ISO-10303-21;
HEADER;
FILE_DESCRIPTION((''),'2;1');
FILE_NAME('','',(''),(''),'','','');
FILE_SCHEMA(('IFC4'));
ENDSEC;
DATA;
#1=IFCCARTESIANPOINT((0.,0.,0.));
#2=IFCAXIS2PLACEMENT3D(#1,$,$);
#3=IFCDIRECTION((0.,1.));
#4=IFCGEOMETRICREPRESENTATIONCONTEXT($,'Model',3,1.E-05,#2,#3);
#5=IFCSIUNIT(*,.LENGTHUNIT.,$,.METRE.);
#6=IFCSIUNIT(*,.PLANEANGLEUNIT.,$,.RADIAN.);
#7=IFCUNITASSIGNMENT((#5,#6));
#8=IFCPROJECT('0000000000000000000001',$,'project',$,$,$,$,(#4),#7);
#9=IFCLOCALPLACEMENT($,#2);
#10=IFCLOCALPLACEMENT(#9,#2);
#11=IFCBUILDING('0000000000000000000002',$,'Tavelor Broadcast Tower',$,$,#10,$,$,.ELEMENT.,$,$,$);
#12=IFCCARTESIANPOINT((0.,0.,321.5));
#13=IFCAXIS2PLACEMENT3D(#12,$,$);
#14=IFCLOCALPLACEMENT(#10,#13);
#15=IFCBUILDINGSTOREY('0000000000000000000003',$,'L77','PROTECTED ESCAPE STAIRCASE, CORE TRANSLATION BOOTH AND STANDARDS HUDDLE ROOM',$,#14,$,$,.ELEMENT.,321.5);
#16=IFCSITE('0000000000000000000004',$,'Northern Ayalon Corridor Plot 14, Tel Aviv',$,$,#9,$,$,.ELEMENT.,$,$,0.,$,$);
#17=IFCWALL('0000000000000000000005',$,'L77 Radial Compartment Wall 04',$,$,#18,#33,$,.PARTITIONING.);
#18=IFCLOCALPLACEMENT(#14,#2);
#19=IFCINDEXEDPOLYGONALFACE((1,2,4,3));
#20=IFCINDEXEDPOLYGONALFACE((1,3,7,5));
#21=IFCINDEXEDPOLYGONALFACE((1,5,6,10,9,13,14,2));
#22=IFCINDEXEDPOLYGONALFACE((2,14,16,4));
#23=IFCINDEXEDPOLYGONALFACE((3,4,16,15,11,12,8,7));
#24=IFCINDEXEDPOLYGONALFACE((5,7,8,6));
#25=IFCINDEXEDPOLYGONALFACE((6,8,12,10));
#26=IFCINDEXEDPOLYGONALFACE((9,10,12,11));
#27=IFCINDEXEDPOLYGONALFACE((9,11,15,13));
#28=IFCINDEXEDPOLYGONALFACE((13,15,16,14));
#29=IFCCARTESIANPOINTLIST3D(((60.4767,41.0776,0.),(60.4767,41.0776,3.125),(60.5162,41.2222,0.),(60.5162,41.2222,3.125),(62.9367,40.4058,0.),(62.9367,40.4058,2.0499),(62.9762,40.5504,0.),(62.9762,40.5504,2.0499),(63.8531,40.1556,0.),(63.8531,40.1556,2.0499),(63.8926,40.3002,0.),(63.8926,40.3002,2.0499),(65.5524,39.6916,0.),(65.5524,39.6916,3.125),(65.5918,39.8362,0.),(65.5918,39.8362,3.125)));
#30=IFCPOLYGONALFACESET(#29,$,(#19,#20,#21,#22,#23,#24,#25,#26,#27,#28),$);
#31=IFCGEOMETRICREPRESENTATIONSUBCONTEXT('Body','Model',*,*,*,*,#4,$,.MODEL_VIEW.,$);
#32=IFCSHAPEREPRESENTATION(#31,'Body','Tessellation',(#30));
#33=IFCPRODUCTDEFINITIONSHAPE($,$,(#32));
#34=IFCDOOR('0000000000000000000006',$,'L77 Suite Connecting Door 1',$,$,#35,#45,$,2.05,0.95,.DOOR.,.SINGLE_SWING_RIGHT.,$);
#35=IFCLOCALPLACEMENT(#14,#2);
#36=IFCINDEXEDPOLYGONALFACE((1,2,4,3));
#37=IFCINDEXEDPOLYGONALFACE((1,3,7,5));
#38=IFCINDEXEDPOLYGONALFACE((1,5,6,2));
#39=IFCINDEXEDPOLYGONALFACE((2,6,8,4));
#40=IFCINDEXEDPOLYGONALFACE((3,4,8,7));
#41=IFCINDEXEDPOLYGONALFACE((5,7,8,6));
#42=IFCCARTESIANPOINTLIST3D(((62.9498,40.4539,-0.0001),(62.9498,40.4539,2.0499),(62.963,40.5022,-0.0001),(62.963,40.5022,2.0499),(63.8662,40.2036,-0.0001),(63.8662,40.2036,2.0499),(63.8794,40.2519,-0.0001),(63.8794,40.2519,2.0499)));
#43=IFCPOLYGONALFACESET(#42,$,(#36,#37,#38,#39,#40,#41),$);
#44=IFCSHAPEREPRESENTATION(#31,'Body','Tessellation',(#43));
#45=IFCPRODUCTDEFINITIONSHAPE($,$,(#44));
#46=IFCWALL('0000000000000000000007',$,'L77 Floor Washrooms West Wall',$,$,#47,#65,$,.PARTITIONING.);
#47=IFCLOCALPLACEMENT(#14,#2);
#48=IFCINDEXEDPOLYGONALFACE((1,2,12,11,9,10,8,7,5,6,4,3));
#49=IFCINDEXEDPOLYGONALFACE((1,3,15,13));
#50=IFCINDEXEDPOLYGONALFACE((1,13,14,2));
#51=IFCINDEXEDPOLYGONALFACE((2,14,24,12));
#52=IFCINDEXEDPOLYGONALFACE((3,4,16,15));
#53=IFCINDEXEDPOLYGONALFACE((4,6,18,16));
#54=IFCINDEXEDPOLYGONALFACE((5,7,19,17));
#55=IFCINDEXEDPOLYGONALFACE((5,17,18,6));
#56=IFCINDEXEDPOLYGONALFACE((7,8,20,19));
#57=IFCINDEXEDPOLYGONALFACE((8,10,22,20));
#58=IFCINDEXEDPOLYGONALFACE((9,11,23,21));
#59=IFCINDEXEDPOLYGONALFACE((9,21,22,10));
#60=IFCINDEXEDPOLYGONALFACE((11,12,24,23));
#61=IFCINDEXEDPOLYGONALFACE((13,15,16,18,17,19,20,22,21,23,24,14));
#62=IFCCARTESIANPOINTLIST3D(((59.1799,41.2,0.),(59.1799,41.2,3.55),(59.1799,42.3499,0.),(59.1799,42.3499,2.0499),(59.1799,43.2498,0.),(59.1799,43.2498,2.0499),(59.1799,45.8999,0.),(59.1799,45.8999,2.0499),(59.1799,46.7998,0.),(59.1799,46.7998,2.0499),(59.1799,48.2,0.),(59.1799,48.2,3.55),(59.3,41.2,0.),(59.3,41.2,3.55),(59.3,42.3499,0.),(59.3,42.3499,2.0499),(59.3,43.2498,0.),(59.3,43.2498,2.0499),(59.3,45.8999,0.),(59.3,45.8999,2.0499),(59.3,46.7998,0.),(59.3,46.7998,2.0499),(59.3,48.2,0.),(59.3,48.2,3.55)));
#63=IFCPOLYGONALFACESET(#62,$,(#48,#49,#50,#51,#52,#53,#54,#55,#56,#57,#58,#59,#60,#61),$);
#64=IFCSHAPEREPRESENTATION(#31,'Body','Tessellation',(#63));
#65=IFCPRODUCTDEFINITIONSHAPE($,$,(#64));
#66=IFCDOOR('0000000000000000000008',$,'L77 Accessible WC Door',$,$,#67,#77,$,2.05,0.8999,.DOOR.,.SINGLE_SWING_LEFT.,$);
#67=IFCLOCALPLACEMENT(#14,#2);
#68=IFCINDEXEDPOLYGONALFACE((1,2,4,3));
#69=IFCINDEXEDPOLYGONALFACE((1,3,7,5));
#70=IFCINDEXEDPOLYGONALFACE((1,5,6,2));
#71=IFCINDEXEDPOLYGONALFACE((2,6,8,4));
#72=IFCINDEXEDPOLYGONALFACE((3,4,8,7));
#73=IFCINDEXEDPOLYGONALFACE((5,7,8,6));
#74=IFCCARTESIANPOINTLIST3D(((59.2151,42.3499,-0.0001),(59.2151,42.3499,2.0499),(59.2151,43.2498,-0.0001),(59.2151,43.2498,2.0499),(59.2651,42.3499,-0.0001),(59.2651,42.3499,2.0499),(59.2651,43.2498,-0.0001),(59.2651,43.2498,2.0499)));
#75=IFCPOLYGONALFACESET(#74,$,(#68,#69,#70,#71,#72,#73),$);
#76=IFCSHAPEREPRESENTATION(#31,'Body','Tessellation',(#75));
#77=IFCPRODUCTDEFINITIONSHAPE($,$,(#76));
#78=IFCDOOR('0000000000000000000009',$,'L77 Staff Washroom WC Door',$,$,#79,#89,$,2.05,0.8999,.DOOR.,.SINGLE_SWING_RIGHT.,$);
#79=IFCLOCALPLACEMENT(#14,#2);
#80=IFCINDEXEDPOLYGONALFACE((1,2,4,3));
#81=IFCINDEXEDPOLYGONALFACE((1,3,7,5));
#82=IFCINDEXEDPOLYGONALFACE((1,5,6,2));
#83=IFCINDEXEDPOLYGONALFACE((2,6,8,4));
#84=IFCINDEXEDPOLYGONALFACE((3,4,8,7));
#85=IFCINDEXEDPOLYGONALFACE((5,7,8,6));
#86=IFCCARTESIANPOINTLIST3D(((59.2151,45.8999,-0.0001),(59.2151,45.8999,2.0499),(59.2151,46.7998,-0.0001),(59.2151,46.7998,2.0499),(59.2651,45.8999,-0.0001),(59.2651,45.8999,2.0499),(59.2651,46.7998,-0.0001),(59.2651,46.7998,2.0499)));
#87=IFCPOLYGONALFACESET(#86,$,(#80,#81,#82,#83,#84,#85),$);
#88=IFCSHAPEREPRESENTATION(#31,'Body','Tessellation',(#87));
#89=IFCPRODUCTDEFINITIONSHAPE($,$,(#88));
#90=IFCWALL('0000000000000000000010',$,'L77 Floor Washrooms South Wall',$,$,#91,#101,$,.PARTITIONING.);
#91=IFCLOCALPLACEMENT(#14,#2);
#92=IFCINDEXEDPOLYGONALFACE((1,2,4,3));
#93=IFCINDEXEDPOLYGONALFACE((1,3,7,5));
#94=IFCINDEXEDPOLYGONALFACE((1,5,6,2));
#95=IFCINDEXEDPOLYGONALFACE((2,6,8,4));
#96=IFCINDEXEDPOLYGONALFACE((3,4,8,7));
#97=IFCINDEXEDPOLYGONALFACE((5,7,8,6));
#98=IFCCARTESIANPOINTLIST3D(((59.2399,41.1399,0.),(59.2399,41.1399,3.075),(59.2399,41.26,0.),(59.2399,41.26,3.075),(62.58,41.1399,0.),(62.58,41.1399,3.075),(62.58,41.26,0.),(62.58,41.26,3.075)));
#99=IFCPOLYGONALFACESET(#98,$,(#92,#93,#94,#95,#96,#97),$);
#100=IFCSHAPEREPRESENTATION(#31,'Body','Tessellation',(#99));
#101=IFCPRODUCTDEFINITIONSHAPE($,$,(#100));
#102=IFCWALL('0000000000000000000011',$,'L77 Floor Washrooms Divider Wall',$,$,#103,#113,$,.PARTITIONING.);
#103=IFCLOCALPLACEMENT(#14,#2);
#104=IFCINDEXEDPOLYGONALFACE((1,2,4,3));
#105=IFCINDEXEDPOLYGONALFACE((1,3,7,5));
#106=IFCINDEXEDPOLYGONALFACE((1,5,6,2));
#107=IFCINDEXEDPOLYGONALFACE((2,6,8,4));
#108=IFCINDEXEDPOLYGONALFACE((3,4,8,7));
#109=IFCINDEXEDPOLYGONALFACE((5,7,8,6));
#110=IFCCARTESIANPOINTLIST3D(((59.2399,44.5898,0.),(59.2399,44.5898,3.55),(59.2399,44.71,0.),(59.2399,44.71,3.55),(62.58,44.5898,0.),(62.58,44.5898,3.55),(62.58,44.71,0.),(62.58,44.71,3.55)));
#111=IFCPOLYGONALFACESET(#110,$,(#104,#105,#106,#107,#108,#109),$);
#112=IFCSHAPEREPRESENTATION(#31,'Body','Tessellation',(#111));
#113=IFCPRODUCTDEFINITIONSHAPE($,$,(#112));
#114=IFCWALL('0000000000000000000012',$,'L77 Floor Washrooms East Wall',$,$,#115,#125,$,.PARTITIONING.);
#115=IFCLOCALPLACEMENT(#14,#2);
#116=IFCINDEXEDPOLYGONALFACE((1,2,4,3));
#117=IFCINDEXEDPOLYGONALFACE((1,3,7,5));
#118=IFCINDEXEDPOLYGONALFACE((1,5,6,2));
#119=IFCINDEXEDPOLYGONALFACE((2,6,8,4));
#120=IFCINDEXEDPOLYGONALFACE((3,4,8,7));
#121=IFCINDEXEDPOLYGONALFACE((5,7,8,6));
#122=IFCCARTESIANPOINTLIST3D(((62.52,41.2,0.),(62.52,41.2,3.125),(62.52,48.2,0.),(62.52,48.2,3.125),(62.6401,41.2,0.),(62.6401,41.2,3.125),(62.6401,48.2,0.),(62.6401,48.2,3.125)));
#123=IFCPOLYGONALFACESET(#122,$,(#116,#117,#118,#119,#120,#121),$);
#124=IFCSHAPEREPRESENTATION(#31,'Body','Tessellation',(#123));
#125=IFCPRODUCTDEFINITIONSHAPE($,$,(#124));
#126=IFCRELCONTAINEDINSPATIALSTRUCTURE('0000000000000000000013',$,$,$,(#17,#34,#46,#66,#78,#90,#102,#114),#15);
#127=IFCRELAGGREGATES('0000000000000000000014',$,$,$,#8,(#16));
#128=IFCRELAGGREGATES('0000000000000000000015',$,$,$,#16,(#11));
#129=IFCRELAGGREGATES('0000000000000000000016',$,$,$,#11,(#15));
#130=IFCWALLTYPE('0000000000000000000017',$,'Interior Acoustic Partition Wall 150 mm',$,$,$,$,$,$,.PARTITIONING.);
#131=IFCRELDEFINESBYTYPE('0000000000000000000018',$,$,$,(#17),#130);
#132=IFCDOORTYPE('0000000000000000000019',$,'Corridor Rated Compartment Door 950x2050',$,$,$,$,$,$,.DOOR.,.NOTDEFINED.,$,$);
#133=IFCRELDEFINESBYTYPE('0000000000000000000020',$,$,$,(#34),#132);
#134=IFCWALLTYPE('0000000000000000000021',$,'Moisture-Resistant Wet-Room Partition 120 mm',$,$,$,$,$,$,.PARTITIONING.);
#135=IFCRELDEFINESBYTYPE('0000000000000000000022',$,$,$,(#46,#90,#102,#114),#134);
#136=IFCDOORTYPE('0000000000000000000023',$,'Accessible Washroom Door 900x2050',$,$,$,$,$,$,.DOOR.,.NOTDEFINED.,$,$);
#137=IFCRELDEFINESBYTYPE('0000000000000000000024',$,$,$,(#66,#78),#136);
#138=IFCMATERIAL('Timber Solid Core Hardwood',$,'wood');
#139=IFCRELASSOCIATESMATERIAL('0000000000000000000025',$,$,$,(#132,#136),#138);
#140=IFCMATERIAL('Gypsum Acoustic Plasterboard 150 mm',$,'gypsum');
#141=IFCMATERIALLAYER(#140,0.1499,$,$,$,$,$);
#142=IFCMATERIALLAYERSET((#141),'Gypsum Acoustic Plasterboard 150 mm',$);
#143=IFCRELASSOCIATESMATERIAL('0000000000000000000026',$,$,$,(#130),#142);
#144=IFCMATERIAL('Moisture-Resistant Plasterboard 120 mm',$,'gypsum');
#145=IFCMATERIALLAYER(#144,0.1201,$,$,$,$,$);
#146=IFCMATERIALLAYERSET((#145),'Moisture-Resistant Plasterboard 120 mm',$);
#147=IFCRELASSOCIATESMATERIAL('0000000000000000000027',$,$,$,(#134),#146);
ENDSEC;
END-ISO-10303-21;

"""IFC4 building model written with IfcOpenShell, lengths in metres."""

from ifc_helpers import new_model, si_unit, direction, frame, frame_2d, origin, place, context, subcontext, project, spatial, rectangle, extrude, material, layer, layer_set, type_object, element, fill, save


model = new_model("IFC4")

# Units and contexts
model_context = context("Model", 3, precision=1e-05, world=origin(), true_north=direction((0.0, 1.0)))
body_context = subcontext(model_context, "Body", "Model", "MODEL_VIEW")
ifc_project = project(units=[si_unit("LENGTHUNIT", "METRE"), si_unit("PLANEANGLEUNIT", "RADIAN")], contexts=[model_context])

# Site, building, storey
site_placement = place(None, origin())
site = spatial("IfcSite", under=ifc_project, at=site_placement, Name="Northern Ayalon Corridor Plot 14, Tel Aviv", CompositionType="ELEMENT", RefElevation=0.0)
building_placement = place(site_placement, origin())
building = spatial("IfcBuilding", under=site, at=building_placement, Name="Tavelor Broadcast Tower", CompositionType="ELEMENT")
storey_placement = place(building_placement, frame((0.0, 0.0, 321.5)))
storey = spatial("IfcBuildingStorey", under=building, at=storey_placement, Name="L77", Description="PROTECTED ESCAPE STAIRCASE, CORE TRANSLATION BOOTH AND STANDARDS HUDDLE ROOM", CompositionType="ELEMENT", Elevation=321.5)

# Shared definitions
ifc_material_1 = material(Name="Timber Solid Core Hardwood", Category="wood")
door_type_1 = type_object("IfcDoorType", Name="Corridor Rated Compartment Door 950x2050", OperationType="NOTDEFINED", PredefinedType="DOOR", material=ifc_material_1)

# Shared definitions
ifc_material_2 = material(Name="Gypsum Acoustic Plasterboard 150 mm", Category="gypsum")
ifc_layer_1 = layer(ifc_material_2, 0.1499)
ifc_layer_set_1 = layer_set([ifc_layer_1], Name="Gypsum Acoustic Plasterboard 150 mm")
wall_type_1 = type_object("IfcWallType", Name="Interior Acoustic Partition Wall 150 mm", PredefinedType="PARTITIONING", material=ifc_layer_set_1)

# Wall, opening, door
wall_1_placement = place(storey_placement, frame((60.4963, 41.1499, 0.0), z_axis=(0.0, 0.0, 1.0), x_axis=(0.964681, -0.26342, 0.0)))
wall_1 = element("IfcWall", 1, at=wall_1_placement, inside=storey, type_object=wall_type_1, Name="L77 Radial Compartment Wall 04", PredefinedType="PARTITIONING", context=body_context, shape_type="SweptSolid", body=[
    extrude(rectangle(XDim=5.2615, YDim=0.1499, at=frame_2d((2.6309, 0.0))), origin(), (0.0, 0.0, 1.0), 3.125),
])
opening_1_placement = place(wall_1_placement, frame((2.55, 0.0, 0.0)))
opening_1 = element("IfcOpeningElement", 2, at=opening_1_placement, cuts=wall_1, PredefinedType="OPENING", context=body_context, shape_type="SweptSolid", body=[
    extrude(rectangle(XDim=0.95, YDim=2.05, at=frame_2d((0.4751, 1.0249))), frame((0.0, 0.085, 0.0), z_axis=(0.0, -1.0, 0.0), x_axis=(1.0, 0.0, 0.0)), (0.0, 0.0, 1.0), 0.1699),
])
door_1_placement = place(opening_1_placement, origin())
door_1 = element("IfcDoor", 3, at=door_1_placement, inside=storey, type_object=door_type_1, Name="L77 Suite Connecting Door 1", OperationType="SINGLE_SWING_RIGHT", OverallHeight=2.05, OverallWidth=0.95, PredefinedType="DOOR", context=body_context, shape_type="SweptSolid", body=[
    extrude(rectangle(XDim=0.95, YDim=2.05, at=frame_2d((0.4751, 1.0249))), frame((0.0, 0.0249, 0.0), z_axis=(0.0, -1.0, 0.0), x_axis=(1.0, 0.0, 0.0)), (0.0, 0.0, 1.0), 0.05),
])
fill(opening_1, door_1)

# Wall, openings, doors
ifc_material_3 = material(Name="Moisture-Resistant Plasterboard 120 mm", Category="gypsum")
ifc_layer_2 = layer(ifc_material_3, 0.1201)
ifc_layer_set_2 = layer_set([ifc_layer_2], Name="Moisture-Resistant Plasterboard 120 mm")
wall_type_2 = type_object("IfcWallType", Name="Moisture-Resistant Wet-Room Partition 120 mm", PredefinedType="PARTITIONING", material=ifc_layer_set_2)
wall_2_placement = place(storey_placement, frame((59.24, 41.2, 0.0), z_axis=(0.0, 0.0, 1.0), x_axis=(0.0, 1.0, 0.0)))
wall_2 = element("IfcWall", 4, at=wall_2_placement, inside=storey, type_object=wall_type_2, Name="L77 Floor Washrooms West Wall", PredefinedType="PARTITIONING", context=body_context, shape_type="SweptSolid", body=[
    extrude(rectangle(XDim=7.0, YDim=0.1201, at=frame_2d((3.5, 0.0))), origin(), (0.0, 0.0, 1.0), 3.55),
])
opening_2_placement = place(wall_2_placement, frame((1.1499, 0.0, 0.0)))
opening_2 = element("IfcOpeningElement", 5, at=opening_2_placement, cuts=wall_2, PredefinedType="OPENING", context=body_context, shape_type="SweptSolid", body=[
    extrude(rectangle(XDim=0.8999, YDim=2.05, at=frame_2d((0.45, 1.0249))), frame((0.0, 0.0701, 0.0), z_axis=(0.0, -1.0, 0.0), x_axis=(1.0, 0.0, 0.0)), (0.0, 0.0, 1.0), 0.1401),
])
opening_3_placement = place(wall_2_placement, frame((4.7, 0.0, 0.0)))
opening_3 = element("IfcOpeningElement", 6, at=opening_3_placement, cuts=wall_2, PredefinedType="OPENING", context=body_context, shape_type="SweptSolid", body=[
    extrude(rectangle(XDim=0.8999, YDim=2.05, at=frame_2d((0.45, 1.0249))), frame((0.0, 0.0701, 0.0), z_axis=(0.0, -1.0, 0.0), x_axis=(1.0, 0.0, 0.0)), (0.0, 0.0, 1.0), 0.1401),
])
door_type_2 = type_object("IfcDoorType", Name="Accessible Washroom Door 900x2050", OperationType="NOTDEFINED", PredefinedType="DOOR", material=ifc_material_1)
door_2_placement = place(opening_2_placement, origin())
door_2 = element("IfcDoor", 7, at=door_2_placement, inside=storey, type_object=door_type_2, Name="L77 Accessible WC Door", OperationType="SINGLE_SWING_LEFT", OverallHeight=2.05, OverallWidth=0.8999, PredefinedType="DOOR", context=body_context, shape_type="SweptSolid", body=[
    extrude(rectangle(XDim=0.8999, YDim=2.05, at=frame_2d((0.45, 1.0249))), frame((0.0, 0.0249, 0.0), z_axis=(0.0, -1.0, 0.0), x_axis=(1.0, 0.0, 0.0)), (0.0, 0.0, 1.0), 0.05),
])
fill(opening_2, door_2)
door_3_placement = place(opening_3_placement, origin())
door_3 = element("IfcDoor", 8, at=door_3_placement, inside=storey, type_object=door_type_2, Name="L77 Staff Washroom WC Door", OperationType="SINGLE_SWING_RIGHT", OverallHeight=2.05, OverallWidth=0.8999, PredefinedType="DOOR", context=body_context, shape_type="SweptSolid", body=[
    extrude(rectangle(XDim=0.8999, YDim=2.05, at=frame_2d((0.45, 1.0249))), frame((0.0, 0.0249, 0.0), z_axis=(0.0, -1.0, 0.0), x_axis=(1.0, 0.0, 0.0)), (0.0, 0.0, 1.0), 0.05),
])
fill(opening_3, door_3)

# Walls
wall_3_placement = place(storey_placement, frame((59.24, 41.2, 0.0), z_axis=(0.0, 0.0, 1.0), x_axis=(1.0, 0.0, 0.0)))
element("IfcWall", 9, at=wall_3_placement, inside=storey, type_object=wall_type_2, Name="L77 Floor Washrooms South Wall", PredefinedType="PARTITIONING", context=body_context, shape_type="SweptSolid", body=[
    extrude(rectangle(XDim=3.3401, YDim=0.1201, at=frame_2d((1.6699, 0.0))), origin(), (0.0, 0.0, 1.0), 3.075),
])
wall_4_placement = place(storey_placement, frame((59.24, 44.6499, 0.0), z_axis=(0.0, 0.0, 1.0), x_axis=(1.0, 0.0, 0.0)))
element("IfcWall", 10, at=wall_4_placement, inside=storey, type_object=wall_type_2, Name="L77 Floor Washrooms Divider Wall", PredefinedType="PARTITIONING", context=body_context, shape_type="SweptSolid", body=[
    extrude(rectangle(XDim=3.3401, YDim=0.1201, at=frame_2d((1.6699, 0.0))), origin(), (0.0, 0.0, 1.0), 3.55),
])
wall_5_placement = place(storey_placement, frame((62.5801, 41.2, 0.0), z_axis=(0.0, 0.0, 1.0), x_axis=(0.0, 1.0, 0.0)))
element("IfcWall", 11, at=wall_5_placement, inside=storey, type_object=wall_type_2, Name="L77 Floor Washrooms East Wall", PredefinedType="PARTITIONING", context=body_context, shape_type="SweptSolid", body=[
    extrude(rectangle(XDim=7.0, YDim=0.1201, at=frame_2d((3.5, 0.0))), origin(), (0.0, 0.0, 1.0), 3.125),
])

save(model, "model.ifc")
